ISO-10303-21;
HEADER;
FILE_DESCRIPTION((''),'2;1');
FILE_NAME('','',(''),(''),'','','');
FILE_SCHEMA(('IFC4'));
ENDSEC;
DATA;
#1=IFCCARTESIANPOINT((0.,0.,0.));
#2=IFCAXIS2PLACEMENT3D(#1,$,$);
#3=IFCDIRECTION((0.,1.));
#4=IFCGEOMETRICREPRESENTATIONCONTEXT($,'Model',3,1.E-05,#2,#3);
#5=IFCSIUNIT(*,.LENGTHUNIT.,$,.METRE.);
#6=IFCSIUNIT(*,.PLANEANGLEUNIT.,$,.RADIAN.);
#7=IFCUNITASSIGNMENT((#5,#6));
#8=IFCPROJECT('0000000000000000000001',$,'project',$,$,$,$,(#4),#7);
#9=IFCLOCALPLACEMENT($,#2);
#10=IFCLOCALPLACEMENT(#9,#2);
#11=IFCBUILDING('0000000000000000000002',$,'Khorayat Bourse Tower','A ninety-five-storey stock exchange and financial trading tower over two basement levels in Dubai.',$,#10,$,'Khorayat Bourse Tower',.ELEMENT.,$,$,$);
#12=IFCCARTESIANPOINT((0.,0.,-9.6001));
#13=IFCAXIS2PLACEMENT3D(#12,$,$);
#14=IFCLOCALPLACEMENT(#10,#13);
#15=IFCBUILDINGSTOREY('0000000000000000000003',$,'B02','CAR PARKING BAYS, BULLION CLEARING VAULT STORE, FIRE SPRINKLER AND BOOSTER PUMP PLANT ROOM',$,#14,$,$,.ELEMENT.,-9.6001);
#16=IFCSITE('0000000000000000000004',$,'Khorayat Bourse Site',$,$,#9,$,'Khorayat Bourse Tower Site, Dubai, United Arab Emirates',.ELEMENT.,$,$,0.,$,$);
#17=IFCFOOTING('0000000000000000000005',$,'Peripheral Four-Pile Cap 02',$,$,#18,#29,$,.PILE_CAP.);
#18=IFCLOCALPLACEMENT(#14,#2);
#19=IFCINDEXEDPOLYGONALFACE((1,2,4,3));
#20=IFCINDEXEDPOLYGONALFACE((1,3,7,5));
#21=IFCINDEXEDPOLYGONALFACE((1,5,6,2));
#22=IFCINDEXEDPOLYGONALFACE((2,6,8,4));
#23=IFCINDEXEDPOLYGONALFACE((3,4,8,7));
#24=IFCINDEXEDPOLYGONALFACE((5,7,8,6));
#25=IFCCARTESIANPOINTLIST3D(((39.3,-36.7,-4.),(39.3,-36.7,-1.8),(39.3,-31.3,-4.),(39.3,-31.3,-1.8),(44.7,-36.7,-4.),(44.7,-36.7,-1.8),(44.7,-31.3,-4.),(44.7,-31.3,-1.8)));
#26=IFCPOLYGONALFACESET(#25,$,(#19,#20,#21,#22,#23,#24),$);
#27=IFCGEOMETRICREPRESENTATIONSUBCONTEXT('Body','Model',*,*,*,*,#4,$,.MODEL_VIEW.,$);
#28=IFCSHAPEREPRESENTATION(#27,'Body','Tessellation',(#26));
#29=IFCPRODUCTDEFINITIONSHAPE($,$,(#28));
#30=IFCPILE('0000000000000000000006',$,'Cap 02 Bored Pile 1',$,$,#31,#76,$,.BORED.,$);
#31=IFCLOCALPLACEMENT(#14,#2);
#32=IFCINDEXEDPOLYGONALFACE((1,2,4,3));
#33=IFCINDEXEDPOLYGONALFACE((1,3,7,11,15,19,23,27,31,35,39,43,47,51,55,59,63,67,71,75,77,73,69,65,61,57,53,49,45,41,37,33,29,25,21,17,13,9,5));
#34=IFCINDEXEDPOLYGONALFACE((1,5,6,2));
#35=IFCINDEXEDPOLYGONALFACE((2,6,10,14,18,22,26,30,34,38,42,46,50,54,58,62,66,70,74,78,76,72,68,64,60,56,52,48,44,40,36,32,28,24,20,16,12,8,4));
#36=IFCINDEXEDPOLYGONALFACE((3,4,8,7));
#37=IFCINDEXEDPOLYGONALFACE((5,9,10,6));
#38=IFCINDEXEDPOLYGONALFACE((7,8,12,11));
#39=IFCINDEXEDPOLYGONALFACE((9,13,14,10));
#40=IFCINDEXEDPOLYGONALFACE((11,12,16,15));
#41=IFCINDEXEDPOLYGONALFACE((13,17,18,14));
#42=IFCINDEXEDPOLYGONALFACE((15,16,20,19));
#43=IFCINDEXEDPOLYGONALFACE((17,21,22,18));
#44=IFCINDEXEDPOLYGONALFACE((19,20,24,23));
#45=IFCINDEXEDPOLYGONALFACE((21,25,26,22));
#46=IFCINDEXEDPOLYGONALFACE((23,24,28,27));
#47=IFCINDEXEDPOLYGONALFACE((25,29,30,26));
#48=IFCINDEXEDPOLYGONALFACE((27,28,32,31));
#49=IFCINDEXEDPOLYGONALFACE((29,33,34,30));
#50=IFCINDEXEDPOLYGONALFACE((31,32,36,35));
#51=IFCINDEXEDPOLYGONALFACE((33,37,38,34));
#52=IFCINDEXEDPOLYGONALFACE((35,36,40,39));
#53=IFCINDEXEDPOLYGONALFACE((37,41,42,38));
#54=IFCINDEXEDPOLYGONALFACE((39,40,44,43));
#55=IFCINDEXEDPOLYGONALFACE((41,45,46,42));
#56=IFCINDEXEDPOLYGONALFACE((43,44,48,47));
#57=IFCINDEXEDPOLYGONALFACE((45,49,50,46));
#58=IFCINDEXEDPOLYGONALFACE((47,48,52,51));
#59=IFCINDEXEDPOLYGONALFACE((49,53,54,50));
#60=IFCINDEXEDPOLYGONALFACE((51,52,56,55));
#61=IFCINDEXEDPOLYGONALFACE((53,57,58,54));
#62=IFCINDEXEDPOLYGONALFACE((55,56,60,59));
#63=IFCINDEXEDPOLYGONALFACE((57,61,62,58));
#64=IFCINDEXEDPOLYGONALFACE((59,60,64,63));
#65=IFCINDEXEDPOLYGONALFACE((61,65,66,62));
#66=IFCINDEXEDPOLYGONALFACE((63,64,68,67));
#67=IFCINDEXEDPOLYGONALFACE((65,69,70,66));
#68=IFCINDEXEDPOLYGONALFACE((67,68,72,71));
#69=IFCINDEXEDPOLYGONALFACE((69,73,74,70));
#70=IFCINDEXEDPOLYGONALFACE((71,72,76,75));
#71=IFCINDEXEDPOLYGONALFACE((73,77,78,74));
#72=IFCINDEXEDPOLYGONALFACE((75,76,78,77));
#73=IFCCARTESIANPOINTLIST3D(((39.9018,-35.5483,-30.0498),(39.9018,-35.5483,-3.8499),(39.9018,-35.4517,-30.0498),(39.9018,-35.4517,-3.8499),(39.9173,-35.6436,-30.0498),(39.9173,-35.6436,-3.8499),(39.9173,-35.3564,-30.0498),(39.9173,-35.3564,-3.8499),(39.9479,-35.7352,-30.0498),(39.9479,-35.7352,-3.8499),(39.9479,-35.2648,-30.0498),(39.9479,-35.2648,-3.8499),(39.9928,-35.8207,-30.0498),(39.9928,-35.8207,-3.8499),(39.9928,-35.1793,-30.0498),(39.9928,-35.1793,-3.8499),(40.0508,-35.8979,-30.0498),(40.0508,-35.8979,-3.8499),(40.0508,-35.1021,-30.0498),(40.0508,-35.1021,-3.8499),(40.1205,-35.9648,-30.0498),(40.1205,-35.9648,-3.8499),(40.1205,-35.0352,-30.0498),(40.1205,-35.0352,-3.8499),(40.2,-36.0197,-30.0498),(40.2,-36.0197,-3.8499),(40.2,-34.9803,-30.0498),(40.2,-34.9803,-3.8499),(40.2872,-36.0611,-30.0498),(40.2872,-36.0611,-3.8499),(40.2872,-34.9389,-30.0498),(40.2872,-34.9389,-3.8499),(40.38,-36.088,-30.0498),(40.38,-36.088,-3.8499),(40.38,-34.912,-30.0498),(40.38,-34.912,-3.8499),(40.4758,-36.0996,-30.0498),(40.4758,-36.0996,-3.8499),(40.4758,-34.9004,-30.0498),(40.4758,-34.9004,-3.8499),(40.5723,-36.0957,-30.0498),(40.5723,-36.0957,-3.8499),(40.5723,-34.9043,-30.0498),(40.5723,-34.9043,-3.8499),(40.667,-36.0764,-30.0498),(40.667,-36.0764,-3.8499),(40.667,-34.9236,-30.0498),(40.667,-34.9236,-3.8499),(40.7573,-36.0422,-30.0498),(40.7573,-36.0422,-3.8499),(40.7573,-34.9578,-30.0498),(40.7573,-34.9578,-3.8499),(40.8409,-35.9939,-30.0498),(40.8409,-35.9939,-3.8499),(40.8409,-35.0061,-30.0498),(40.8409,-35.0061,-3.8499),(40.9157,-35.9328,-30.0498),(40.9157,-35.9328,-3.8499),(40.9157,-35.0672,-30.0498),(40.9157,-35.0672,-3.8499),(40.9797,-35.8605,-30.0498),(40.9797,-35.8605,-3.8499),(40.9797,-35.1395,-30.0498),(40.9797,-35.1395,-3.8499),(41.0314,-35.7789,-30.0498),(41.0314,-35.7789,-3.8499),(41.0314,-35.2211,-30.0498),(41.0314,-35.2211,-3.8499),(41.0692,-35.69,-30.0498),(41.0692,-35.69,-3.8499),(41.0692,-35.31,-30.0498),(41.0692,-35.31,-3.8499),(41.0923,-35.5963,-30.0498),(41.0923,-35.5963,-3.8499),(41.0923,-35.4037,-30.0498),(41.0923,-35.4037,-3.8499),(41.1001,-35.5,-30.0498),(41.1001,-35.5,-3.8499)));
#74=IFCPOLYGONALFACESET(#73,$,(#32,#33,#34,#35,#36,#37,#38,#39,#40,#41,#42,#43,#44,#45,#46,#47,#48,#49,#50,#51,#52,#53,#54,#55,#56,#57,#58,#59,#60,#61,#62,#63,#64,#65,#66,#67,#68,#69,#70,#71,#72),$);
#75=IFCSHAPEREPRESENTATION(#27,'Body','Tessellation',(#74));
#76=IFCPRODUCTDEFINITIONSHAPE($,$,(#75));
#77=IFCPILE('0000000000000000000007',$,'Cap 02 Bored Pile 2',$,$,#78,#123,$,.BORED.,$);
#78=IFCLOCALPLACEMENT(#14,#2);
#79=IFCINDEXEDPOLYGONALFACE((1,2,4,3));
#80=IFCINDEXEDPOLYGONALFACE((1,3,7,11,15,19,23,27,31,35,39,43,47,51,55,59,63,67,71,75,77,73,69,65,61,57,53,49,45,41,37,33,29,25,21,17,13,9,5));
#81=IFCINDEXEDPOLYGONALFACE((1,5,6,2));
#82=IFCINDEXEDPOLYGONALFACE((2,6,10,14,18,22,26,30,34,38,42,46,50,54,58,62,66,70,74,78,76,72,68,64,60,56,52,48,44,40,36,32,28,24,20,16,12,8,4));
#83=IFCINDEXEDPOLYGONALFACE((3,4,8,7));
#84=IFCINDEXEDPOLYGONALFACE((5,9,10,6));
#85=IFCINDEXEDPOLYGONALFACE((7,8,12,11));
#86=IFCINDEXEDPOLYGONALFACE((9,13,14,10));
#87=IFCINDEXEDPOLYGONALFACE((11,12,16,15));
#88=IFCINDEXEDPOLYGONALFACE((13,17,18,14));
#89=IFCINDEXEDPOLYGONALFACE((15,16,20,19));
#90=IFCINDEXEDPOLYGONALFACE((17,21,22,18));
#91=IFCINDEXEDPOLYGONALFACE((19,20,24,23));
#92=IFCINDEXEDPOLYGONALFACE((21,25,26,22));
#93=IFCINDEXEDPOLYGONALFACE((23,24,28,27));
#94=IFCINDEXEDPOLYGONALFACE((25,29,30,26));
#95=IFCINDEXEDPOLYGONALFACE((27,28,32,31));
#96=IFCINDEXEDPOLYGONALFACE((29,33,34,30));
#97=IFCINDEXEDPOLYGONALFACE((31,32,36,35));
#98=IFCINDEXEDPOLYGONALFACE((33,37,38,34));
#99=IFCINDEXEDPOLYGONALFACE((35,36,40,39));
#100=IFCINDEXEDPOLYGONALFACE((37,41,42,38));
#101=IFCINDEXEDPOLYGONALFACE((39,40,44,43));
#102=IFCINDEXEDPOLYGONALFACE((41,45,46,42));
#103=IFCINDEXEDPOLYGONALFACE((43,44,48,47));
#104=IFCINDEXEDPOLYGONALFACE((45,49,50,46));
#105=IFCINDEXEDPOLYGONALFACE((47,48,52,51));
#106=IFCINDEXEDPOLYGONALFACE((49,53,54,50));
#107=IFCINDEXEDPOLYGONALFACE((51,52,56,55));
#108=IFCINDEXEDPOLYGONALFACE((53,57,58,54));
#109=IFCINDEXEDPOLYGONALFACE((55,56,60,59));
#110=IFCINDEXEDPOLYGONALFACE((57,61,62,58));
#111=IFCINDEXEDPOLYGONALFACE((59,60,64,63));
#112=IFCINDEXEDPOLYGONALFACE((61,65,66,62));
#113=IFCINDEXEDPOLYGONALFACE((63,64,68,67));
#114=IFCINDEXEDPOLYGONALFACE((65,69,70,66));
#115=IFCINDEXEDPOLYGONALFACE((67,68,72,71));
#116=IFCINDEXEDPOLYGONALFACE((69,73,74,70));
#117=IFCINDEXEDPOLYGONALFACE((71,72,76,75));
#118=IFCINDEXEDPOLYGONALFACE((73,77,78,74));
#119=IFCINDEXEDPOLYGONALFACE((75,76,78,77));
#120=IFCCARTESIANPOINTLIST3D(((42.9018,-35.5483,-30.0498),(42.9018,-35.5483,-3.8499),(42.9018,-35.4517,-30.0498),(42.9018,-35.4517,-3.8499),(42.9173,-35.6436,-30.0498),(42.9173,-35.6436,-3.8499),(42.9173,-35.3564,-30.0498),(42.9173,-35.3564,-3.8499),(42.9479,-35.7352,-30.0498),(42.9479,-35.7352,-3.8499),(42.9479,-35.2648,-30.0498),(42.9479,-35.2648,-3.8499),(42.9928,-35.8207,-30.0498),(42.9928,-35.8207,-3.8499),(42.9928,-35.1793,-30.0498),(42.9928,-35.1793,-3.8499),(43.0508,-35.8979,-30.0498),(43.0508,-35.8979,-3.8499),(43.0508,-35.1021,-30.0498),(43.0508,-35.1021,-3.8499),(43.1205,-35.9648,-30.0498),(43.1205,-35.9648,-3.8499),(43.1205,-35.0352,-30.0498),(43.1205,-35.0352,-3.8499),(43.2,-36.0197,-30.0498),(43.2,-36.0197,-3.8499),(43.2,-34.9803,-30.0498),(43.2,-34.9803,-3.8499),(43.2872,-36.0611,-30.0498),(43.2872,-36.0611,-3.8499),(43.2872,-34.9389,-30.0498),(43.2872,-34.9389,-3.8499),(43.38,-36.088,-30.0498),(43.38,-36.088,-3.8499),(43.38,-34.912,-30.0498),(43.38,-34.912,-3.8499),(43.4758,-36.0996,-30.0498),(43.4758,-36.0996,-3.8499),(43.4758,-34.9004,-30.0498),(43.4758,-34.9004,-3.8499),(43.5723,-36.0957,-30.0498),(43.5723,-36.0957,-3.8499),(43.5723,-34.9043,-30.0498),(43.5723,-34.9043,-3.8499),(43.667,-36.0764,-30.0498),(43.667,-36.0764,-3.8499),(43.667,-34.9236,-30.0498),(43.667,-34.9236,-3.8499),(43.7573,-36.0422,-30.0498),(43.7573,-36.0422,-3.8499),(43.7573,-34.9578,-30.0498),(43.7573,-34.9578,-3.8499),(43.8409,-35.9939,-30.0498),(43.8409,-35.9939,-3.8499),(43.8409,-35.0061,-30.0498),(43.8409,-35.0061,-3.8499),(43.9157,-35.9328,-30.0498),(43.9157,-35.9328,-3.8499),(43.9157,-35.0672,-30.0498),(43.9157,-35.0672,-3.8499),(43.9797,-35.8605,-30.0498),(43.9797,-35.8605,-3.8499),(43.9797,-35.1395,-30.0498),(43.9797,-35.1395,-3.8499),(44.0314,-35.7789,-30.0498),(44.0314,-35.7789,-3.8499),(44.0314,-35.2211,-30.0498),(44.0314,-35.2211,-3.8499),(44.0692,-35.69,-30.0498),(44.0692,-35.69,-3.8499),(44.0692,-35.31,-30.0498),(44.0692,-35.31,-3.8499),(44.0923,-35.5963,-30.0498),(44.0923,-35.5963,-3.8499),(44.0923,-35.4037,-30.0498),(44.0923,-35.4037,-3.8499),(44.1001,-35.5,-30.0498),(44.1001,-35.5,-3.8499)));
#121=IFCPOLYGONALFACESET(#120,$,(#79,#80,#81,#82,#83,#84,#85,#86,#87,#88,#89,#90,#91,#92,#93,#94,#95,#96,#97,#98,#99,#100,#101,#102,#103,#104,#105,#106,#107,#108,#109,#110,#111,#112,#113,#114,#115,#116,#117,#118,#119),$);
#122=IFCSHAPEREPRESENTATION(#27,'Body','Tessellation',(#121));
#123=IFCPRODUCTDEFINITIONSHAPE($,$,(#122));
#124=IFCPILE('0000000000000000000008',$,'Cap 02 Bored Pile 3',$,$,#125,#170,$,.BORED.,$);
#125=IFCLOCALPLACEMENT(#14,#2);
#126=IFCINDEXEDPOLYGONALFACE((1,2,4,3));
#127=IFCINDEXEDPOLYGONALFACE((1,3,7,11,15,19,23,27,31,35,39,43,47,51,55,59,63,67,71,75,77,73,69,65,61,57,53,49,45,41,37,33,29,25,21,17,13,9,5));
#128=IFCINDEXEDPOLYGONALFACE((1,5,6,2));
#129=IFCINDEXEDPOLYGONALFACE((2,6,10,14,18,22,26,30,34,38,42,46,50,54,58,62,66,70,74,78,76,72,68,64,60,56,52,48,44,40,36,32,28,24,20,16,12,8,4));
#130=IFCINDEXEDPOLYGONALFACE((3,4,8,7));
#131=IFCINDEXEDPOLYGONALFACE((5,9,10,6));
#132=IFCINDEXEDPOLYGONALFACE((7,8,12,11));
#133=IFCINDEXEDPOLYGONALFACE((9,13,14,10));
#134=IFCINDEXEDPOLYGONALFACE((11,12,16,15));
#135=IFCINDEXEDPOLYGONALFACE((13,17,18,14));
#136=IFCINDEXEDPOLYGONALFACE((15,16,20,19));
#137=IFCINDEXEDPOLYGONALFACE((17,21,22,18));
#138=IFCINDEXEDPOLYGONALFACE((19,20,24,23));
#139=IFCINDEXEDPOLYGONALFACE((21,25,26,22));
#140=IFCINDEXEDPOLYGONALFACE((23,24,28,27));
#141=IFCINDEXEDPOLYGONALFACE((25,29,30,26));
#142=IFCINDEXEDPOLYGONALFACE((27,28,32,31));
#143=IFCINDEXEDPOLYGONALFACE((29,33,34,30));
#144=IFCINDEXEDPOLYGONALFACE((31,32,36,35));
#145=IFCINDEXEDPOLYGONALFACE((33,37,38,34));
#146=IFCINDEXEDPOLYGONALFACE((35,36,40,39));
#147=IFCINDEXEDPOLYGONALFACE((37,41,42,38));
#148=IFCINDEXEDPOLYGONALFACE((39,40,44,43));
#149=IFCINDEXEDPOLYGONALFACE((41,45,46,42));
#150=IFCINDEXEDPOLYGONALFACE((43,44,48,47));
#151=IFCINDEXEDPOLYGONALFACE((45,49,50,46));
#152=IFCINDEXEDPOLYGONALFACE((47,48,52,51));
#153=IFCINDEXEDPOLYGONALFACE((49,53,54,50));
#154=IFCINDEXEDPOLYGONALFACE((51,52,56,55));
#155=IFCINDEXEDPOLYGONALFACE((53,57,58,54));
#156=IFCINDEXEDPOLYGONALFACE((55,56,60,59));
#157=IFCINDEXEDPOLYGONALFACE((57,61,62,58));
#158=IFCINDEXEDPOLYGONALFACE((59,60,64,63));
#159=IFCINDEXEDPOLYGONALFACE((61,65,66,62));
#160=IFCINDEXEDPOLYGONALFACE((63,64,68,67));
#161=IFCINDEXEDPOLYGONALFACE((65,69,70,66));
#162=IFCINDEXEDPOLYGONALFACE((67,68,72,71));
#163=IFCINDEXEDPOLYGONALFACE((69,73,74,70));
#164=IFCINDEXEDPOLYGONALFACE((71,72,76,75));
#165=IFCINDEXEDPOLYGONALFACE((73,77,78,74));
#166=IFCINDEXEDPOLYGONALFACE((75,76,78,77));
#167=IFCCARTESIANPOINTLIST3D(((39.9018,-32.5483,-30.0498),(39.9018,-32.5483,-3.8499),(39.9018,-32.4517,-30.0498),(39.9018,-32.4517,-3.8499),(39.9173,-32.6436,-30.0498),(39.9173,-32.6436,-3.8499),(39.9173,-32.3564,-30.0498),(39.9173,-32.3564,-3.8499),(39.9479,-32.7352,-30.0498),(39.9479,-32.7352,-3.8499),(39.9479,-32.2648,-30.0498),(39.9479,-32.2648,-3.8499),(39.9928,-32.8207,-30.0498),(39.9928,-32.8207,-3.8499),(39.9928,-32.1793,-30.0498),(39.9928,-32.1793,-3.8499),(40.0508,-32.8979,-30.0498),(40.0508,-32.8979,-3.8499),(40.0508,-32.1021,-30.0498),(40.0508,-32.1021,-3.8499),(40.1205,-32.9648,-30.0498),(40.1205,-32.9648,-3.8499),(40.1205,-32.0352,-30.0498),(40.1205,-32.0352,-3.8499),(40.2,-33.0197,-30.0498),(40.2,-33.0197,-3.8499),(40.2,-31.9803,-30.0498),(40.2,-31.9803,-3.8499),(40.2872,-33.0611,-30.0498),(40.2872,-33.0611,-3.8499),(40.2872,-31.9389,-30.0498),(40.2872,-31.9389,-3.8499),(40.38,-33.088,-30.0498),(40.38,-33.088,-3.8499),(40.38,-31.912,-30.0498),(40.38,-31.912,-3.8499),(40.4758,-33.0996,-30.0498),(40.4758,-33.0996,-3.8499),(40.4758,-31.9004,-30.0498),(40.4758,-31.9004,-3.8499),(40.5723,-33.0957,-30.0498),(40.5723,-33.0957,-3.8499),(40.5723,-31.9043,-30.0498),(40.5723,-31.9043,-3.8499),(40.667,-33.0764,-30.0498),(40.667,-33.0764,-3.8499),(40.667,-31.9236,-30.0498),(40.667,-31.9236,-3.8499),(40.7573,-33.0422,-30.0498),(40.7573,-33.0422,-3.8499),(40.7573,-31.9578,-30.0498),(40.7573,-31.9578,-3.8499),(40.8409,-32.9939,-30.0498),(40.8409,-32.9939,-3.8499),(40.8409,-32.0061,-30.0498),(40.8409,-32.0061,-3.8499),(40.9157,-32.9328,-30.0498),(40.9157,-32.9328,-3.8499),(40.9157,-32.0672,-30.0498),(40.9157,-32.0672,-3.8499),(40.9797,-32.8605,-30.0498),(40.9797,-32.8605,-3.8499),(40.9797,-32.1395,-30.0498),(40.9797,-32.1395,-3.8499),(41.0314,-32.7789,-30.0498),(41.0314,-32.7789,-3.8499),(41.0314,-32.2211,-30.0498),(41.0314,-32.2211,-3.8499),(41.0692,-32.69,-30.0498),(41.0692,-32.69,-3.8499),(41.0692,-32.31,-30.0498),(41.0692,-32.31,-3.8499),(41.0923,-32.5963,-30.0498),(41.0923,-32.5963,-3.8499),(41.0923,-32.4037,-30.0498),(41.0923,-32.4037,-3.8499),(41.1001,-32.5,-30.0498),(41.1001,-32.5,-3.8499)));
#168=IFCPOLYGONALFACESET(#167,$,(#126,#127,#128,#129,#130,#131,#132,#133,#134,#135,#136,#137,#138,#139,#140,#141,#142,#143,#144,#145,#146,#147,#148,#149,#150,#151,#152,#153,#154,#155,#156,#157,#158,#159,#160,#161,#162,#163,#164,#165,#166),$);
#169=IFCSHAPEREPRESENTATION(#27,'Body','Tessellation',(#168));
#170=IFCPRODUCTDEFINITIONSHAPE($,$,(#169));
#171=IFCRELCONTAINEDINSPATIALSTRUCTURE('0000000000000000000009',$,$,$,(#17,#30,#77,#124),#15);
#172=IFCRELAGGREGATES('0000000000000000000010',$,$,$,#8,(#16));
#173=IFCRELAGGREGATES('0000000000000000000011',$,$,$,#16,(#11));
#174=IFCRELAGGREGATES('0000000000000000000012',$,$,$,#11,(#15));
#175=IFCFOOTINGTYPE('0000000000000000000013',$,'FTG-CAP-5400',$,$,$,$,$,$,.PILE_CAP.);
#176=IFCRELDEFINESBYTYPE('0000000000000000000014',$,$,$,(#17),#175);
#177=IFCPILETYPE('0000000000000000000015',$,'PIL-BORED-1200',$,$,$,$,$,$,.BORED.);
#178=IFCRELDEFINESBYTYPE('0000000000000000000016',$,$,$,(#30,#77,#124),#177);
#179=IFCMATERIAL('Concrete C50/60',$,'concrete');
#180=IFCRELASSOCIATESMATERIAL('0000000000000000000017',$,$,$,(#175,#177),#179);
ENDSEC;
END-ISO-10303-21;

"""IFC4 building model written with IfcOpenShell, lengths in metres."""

from ifc_helpers import new_model, si_unit, direction, frame, origin, origin_2d, place, context, subcontext, project, spatial, rectangle, circle, extrude, source, transform, mapped, material, material_profile, profile_set, type_object, element, save


model = new_model("IFC4")

# Units and contexts
model_context = context("Model", 3, precision=1e-05, world=origin(), true_north=direction((0.0, 1.0)))
body_context = subcontext(model_context, "Body", "Model", "MODEL_VIEW")
ifc_project = project(units=[si_unit("LENGTHUNIT", "METRE"), si_unit("PLANEANGLEUNIT", "RADIAN")], contexts=[model_context])

# Site, building, storey
site_placement = place(None, origin())
site = spatial("IfcSite", under=ifc_project, at=site_placement, Name="Khorayat Bourse Site", LongName="Khorayat Bourse Tower Site, Dubai, United Arab Emirates", CompositionType="ELEMENT", RefElevation=0.0)
building_placement = place(site_placement, origin())
building = spatial("IfcBuilding", under=site, at=building_placement, Name="Khorayat Bourse Tower", Description="A ninety-five-storey stock exchange and financial trading tower over two basement levels in Dubai.", LongName="Khorayat Bourse Tower", CompositionType="ELEMENT")
storey_placement = place(building_placement, frame((0.0, 0.0, -9.6001)))
storey = spatial("IfcBuildingStorey", under=building, at=storey_placement, Name="B02", Description="CAR PARKING BAYS, BULLION CLEARING VAULT STORE, FIRE SPRINKLER AND BOOSTER PUMP PLANT ROOM", CompositionType="ELEMENT", Elevation=-9.6001)

# Footing
ifc_material_1 = material(Name="Concrete C50/60", Category="concrete")
footing_type_1 = type_object("IfcFootingType", Name="FTG-CAP-5400", PredefinedType="PILE_CAP", material=ifc_material_1)
shared_shape_1 = source(origin(), body_context, "Body", "SweptSolid", [
    extrude(rectangle(XDim=5.3999, YDim=5.3999, at=origin_2d()), origin(), (0.0, 0.0, 1.0), 2.2),
])
footing_1_placement = place(storey_placement, frame((42.0, -34.0, -4.0), z_axis=(0.0, 0.0, 1.0), x_axis=(1.0, 0.0, 0.0)))
element("IfcFooting", 1, at=footing_1_placement, inside=storey, type_object=footing_type_1, Name="Peripheral Four-Pile Cap 02", PredefinedType="PILE_CAP", context=body_context, shape_type="MappedRepresentation", body=[
    mapped(shared_shape_1, transform((0.0, 0.0, 0.0), scale=1.0)),
])

# Piles
ifc_material_profile_1 = material_profile(ifc_material_1, circle(Radius=0.6001, at=origin_2d()), Name="BORED PILE D1200")
ifc_profile_set_1 = profile_set([ifc_material_profile_1], Name="Concrete C50/60")
pile_type = type_object("IfcPileType", Name="PIL-BORED-1200", PredefinedType="BORED", material=ifc_profile_set_1)
shared_shape_2 = source(origin(), body_context, "Body", "SweptSolid", [
    extrude(circle(Radius=0.6001, at=origin_2d()), origin(), (0.0, 0.0, 1.0), 26.2),
])
for number, where, z_axis, x_axis, name in (
    (2, (40.5, -35.5, -3.8499), (0.0, 0.0, -1.0), (1.0, 0.0, 0.0), "Cap 02 Bored Pile 1"),
    (3, (43.5, -35.5, -3.8499), (0.0, 0.0, -1.0), (1.0, 0.0, 0.0), "Cap 02 Bored Pile 2"),
    (4, (40.5, -32.5, -3.8499), (0.0, 0.0, -1.0), (1.0, 0.0, 0.0), "Cap 02 Bored Pile 3"),
):
    element("IfcPile", number, at=place(storey_placement, frame(where, z_axis=z_axis, x_axis=x_axis)), inside=storey, type_object=pile_type, Name=name, PredefinedType="BORED", context=body_context, shape_type="MappedRepresentation", body=[
        mapped(shared_shape_2, transform((0.0, 0.0, 0.0), scale=1.0)),
    ])

save(model, "model.ifc")
